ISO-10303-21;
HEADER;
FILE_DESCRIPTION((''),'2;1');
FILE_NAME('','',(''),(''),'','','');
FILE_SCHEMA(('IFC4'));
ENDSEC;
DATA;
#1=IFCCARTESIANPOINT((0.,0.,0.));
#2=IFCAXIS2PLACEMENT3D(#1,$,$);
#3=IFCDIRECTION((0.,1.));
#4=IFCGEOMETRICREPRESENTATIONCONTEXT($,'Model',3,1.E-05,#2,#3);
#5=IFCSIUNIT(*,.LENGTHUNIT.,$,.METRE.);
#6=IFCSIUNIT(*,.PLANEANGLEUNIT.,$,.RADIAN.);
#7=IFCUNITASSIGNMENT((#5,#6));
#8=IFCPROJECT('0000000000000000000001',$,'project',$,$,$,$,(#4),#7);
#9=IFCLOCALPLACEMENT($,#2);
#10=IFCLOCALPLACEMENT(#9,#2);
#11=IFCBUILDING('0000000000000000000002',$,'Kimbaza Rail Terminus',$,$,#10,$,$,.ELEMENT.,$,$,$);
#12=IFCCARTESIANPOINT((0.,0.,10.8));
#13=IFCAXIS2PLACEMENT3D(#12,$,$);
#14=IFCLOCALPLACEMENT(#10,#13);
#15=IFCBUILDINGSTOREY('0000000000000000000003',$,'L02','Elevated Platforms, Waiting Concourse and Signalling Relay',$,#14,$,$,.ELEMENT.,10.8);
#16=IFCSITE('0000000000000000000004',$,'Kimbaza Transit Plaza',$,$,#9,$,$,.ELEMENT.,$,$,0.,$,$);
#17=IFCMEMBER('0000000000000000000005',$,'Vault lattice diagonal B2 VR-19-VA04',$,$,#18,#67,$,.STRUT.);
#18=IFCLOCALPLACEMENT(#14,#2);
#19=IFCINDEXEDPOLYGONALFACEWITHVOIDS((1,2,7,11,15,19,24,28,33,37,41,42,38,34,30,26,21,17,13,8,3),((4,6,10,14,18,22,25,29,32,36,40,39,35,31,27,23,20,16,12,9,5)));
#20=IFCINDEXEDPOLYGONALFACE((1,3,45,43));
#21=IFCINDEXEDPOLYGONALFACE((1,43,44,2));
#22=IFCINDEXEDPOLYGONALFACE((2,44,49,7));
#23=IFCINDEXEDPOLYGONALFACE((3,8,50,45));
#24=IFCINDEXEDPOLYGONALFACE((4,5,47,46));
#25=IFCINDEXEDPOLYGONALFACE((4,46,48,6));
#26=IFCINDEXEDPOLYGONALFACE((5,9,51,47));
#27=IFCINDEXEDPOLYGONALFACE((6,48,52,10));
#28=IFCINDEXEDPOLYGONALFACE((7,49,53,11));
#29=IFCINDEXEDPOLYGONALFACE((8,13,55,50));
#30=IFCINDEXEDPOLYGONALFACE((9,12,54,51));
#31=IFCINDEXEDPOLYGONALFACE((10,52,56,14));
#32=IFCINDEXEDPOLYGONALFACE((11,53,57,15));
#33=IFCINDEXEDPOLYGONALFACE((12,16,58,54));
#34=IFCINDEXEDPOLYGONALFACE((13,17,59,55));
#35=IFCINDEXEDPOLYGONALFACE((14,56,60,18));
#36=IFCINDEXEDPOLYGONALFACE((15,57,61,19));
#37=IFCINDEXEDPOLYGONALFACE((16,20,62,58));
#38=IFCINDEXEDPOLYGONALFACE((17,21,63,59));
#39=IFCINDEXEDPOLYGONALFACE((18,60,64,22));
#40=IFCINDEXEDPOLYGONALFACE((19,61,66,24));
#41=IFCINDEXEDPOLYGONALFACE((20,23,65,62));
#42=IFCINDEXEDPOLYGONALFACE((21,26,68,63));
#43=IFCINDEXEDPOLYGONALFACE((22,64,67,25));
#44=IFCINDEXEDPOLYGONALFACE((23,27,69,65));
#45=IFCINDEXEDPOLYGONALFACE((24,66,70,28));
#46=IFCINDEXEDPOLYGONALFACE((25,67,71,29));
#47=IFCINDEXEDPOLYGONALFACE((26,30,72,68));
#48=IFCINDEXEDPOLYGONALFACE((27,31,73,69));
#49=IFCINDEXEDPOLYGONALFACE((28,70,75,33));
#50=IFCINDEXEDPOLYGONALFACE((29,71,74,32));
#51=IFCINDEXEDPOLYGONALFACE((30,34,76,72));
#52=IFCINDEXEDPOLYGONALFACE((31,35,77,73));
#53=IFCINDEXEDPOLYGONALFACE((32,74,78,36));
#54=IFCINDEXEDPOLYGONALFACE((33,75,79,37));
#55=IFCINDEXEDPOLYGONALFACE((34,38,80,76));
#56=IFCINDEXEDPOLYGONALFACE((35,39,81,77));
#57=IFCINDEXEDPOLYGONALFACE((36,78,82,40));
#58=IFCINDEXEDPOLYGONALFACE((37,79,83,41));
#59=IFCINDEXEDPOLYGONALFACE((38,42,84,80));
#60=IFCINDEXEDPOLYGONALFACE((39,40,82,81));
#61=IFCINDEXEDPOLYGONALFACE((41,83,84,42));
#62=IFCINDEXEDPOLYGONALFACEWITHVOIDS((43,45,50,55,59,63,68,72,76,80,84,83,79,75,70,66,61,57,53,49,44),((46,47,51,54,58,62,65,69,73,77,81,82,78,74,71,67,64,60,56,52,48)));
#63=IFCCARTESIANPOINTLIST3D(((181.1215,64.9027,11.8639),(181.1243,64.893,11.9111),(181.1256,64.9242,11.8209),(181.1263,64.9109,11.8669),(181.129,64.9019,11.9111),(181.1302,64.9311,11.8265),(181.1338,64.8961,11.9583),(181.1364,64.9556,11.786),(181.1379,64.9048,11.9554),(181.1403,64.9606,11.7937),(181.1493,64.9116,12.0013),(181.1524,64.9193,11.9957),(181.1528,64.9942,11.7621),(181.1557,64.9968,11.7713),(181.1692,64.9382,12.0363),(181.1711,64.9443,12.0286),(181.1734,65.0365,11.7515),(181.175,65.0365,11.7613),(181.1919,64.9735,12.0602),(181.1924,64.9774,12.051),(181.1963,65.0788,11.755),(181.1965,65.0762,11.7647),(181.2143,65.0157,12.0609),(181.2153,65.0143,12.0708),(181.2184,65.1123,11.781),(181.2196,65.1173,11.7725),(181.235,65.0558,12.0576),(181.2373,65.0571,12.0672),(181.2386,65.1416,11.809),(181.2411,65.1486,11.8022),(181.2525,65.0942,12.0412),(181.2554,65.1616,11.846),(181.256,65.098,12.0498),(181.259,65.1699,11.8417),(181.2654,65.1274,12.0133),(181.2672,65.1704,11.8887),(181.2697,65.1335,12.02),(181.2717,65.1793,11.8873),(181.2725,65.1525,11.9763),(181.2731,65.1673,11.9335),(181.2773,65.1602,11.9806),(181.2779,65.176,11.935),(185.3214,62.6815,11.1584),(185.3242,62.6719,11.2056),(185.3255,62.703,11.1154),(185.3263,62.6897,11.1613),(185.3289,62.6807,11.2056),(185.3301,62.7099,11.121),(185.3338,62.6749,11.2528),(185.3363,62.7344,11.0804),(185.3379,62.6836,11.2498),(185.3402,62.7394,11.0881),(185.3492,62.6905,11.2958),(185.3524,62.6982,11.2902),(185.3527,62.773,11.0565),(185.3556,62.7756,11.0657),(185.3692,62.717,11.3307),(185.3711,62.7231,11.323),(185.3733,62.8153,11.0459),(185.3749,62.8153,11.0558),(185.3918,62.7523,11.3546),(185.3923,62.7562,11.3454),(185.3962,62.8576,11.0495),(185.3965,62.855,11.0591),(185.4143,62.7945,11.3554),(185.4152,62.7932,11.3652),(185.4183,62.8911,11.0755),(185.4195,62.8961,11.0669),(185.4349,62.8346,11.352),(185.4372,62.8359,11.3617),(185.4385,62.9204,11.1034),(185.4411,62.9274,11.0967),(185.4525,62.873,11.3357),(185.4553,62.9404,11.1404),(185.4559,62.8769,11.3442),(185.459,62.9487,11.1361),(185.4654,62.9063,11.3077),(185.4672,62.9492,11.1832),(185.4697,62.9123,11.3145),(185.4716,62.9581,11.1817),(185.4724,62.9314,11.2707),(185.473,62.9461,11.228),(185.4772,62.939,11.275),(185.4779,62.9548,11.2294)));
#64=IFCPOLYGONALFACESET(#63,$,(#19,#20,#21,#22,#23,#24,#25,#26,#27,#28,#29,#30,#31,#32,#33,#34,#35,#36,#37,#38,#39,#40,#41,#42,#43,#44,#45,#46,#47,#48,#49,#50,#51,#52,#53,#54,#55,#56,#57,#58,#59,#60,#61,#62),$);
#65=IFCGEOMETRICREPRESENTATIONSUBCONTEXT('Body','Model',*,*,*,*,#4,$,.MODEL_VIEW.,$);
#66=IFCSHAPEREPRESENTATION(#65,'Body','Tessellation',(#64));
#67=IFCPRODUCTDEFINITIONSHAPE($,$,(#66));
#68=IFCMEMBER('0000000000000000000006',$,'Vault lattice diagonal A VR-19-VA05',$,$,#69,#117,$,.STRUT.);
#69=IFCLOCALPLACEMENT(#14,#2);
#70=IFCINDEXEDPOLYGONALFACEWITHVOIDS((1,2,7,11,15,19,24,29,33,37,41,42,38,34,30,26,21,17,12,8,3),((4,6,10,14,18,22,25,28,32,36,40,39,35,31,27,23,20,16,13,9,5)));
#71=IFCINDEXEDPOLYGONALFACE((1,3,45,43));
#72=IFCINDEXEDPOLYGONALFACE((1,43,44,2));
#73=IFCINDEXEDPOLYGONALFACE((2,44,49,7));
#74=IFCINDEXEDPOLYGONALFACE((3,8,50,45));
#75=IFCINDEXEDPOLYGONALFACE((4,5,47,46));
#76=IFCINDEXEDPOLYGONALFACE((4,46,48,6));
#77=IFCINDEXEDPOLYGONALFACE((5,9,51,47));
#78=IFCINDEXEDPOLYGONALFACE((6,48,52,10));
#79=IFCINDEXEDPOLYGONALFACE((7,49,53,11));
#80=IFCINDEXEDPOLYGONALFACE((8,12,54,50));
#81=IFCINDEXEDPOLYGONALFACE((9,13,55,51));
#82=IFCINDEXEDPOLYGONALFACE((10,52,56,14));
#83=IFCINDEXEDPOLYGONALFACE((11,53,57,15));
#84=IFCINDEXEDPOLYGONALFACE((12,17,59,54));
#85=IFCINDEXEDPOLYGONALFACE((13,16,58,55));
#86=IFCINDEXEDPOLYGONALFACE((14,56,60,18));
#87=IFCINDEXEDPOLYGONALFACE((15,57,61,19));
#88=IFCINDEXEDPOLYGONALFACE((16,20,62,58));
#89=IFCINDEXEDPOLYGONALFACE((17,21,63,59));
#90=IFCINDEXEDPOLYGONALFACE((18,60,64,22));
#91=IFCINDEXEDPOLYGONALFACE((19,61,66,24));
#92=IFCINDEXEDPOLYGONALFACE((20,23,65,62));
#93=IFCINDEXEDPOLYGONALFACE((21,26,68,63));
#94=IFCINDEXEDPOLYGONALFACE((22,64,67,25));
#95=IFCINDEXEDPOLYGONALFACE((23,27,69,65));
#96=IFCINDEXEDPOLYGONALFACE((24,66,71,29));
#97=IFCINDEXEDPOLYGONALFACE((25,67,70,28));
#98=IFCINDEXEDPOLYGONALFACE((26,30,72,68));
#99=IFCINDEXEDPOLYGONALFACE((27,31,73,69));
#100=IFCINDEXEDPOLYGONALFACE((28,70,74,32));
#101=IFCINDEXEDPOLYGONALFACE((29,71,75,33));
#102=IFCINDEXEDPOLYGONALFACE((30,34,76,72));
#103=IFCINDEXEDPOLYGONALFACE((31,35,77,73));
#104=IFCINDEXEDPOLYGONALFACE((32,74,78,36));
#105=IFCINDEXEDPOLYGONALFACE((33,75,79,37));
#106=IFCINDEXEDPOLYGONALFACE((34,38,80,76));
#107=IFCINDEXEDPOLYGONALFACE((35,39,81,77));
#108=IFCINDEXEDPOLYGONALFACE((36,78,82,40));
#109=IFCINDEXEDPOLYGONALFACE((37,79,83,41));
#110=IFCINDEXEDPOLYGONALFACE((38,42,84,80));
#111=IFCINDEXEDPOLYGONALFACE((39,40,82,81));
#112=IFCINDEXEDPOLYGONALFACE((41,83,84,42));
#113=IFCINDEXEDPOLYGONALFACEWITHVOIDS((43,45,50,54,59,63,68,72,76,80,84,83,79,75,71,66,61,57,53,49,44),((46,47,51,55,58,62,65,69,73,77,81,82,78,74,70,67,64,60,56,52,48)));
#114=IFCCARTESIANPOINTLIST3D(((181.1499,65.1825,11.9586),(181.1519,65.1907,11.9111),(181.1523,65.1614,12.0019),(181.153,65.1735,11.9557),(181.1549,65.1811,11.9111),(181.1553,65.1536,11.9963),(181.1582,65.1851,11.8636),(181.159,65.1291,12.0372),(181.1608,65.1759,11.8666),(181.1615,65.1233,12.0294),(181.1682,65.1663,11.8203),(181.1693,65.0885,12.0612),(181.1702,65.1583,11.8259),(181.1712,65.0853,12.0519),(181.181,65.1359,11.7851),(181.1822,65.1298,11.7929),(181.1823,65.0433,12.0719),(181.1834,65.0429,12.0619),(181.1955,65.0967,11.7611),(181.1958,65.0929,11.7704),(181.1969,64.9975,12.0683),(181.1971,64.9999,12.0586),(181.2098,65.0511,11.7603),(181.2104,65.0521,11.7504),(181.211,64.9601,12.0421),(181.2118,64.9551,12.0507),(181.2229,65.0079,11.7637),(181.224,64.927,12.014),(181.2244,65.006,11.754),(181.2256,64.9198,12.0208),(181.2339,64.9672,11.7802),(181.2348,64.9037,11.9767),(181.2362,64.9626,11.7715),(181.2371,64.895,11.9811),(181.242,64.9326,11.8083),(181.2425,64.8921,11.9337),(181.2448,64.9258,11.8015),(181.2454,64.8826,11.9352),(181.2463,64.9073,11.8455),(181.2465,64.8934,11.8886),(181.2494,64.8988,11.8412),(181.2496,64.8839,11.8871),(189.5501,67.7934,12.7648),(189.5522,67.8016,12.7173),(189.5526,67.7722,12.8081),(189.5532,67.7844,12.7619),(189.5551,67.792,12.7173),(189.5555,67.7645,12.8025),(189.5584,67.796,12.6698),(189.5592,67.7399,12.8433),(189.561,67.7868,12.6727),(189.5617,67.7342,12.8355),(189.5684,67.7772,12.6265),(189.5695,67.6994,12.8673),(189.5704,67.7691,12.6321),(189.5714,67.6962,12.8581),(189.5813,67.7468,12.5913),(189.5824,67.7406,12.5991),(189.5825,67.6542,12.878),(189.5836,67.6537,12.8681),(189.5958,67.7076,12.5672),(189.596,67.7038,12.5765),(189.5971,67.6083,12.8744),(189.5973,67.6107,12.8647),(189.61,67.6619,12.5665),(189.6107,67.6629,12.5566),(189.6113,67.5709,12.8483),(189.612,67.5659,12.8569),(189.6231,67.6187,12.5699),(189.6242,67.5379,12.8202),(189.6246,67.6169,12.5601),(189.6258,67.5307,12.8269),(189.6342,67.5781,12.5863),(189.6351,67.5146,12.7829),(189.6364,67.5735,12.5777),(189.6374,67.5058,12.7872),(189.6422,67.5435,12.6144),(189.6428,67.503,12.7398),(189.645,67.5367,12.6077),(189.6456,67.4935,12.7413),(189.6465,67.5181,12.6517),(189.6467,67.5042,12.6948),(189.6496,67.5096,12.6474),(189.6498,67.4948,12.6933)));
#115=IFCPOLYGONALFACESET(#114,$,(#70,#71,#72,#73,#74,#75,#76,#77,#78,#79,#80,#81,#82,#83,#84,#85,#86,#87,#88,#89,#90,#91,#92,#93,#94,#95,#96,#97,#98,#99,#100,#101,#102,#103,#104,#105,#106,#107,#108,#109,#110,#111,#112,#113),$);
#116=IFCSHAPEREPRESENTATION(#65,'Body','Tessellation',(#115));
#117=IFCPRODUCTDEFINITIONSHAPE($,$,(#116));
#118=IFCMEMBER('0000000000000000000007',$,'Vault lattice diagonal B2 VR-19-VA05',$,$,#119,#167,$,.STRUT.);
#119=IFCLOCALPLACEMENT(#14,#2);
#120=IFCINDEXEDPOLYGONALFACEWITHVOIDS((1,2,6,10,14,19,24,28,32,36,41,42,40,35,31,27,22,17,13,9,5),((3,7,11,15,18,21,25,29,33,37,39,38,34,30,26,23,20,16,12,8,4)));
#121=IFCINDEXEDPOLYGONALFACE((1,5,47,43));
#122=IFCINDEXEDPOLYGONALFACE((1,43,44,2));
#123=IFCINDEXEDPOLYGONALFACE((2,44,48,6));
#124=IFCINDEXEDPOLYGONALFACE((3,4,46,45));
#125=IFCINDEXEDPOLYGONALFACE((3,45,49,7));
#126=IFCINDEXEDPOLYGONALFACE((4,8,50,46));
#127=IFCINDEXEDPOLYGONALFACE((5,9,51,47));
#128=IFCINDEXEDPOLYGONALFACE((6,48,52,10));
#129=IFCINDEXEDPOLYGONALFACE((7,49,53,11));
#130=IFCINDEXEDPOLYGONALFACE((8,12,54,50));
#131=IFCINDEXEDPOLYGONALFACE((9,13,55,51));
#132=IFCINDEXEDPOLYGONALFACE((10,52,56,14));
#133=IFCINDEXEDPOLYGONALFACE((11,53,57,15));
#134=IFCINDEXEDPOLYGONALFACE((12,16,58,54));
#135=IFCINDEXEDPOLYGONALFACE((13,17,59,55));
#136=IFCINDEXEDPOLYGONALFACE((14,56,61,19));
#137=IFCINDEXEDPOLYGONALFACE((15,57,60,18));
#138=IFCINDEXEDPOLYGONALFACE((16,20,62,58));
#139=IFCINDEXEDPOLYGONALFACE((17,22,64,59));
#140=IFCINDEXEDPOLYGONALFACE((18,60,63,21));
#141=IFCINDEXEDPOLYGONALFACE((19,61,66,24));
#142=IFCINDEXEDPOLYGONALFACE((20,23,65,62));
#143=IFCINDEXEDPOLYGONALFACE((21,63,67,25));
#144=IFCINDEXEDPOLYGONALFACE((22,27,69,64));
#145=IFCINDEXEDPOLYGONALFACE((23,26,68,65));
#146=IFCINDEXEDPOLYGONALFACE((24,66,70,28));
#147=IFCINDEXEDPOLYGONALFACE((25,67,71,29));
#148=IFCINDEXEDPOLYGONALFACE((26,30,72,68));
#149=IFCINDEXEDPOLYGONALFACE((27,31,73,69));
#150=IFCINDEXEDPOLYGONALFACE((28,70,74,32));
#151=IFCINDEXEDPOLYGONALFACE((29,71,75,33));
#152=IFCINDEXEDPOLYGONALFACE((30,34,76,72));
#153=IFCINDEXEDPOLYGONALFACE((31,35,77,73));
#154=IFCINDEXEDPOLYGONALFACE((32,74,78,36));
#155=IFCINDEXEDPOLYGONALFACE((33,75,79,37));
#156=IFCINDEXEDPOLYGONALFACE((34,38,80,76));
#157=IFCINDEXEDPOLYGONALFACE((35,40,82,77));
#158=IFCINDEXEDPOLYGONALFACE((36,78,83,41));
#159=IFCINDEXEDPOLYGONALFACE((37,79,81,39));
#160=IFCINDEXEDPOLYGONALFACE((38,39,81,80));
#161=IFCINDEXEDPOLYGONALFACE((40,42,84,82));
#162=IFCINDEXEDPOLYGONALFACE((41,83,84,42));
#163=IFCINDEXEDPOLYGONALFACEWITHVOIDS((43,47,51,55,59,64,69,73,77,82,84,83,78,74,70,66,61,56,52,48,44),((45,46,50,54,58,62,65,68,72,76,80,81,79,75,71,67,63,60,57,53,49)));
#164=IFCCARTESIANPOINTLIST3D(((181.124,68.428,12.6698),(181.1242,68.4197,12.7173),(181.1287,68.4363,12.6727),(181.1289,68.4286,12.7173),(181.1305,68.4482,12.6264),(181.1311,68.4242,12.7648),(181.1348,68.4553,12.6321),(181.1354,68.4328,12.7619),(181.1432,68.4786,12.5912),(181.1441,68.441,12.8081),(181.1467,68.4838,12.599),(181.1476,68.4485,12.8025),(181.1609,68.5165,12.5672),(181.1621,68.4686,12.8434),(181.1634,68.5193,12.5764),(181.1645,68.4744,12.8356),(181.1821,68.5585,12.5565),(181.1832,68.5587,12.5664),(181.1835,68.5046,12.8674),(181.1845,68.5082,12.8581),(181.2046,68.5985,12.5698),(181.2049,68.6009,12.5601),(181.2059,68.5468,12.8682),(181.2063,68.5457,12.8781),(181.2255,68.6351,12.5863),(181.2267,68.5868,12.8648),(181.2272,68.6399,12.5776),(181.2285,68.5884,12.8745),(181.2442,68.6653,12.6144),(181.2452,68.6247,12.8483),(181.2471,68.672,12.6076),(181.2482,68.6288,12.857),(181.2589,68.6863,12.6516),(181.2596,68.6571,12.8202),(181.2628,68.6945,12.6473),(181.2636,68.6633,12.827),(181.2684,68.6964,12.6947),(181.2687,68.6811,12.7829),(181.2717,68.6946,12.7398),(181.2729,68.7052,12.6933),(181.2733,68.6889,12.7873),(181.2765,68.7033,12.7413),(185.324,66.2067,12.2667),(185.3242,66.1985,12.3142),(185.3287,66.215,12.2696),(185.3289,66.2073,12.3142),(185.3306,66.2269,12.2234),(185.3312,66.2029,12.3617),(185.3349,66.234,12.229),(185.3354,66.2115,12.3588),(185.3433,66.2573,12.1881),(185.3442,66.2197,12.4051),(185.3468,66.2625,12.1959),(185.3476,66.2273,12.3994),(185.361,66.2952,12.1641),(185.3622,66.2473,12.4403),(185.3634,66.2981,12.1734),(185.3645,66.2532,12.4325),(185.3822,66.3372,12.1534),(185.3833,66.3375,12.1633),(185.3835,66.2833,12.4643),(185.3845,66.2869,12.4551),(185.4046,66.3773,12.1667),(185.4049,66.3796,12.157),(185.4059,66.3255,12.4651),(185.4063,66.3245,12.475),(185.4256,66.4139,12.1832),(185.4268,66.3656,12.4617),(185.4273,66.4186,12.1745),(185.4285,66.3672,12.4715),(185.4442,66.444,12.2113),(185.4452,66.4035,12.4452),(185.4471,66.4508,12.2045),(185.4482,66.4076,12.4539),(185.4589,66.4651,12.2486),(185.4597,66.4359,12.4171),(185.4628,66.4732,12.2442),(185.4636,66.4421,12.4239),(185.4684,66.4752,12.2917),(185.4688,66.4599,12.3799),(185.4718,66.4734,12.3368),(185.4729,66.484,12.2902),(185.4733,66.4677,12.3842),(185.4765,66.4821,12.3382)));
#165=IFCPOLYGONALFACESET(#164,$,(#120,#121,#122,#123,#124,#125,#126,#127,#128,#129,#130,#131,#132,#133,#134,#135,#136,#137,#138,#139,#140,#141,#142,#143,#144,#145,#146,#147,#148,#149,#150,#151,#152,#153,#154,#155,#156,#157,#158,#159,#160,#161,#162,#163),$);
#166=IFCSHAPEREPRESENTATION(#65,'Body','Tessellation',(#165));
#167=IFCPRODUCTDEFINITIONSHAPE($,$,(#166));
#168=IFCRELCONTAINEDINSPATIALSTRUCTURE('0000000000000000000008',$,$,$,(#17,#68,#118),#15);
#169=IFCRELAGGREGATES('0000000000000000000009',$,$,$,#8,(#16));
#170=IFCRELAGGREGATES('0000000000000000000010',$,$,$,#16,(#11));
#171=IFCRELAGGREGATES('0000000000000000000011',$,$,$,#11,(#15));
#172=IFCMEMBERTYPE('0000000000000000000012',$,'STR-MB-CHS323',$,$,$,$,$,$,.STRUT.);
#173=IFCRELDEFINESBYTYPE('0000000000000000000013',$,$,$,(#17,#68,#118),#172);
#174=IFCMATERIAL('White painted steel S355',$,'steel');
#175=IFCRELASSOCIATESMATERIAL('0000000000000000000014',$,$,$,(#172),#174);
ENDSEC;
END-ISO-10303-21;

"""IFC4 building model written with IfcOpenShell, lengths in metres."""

from ifc_helpers import new_model, si_unit, direction, frame, origin, origin_2d, place, context, subcontext, project, spatial, hollow_circle, extrude, material, material_profile, profile_set, type_object, element, save


model = new_model("IFC4")

# Units and contexts
model_context = context("Model", 3, precision=1e-05, world=origin(), true_north=direction((0.0, 1.0)))
body_context = subcontext(model_context, "Body", "Model", "MODEL_VIEW")
ifc_project = project(units=[si_unit("LENGTHUNIT", "METRE"), si_unit("PLANEANGLEUNIT", "RADIAN")], contexts=[model_context])

# Site, building, storey
site_placement = place(None, origin())
site = spatial("IfcSite", under=ifc_project, at=site_placement, Name="Kimbaza Transit Plaza", CompositionType="ELEMENT", RefElevation=0.0)
building_placement = place(site_placement, origin())
building = spatial("IfcBuilding", under=site, at=building_placement, Name="Kimbaza Rail Terminus", CompositionType="ELEMENT")
storey_placement = place(building_placement, frame((0.0, 0.0, 10.8)))
storey = spatial("IfcBuildingStorey", under=building, at=storey_placement, Name="L02", Description="Elevated Platforms, Waiting Concourse and Signalling Relay", CompositionType="ELEMENT", Elevation=10.8)

# Members
ifc_material_1 = material(Name="White painted steel S355", Category="steel")
ifc_material_profile_1 = material_profile(ifc_material_1, hollow_circle(Radius=0.1619, WallThickness=0.01, at=origin_2d()), Name="CHS 323.9x10")
ifc_profile_set_1 = profile_set([ifc_material_profile_1], Name="White painted steel S355")
member_type_1 = type_object("IfcMemberType", Name="STR-MB-CHS323", PredefinedType="STRUT", material=ifc_profile_set_1)
member_1_placement = place(storey_placement, frame((185.3999, 62.8149, 11.2056), z_axis=(-0.8744, 0.462436, 0.146894), x_axis=(-0.467508, -0.883989, 0.0)))
element("IfcMember", 1, at=member_1_placement, inside=storey, type_object=member_type_1, Name="Vault lattice diagonal B2 VR-19-VA04", PredefinedType="STRUT", context=body_context, shape_type="SweptSolid", body=[
    extrude(hollow_circle(Radius=0.1619, WallThickness=0.01, at=origin_2d()), origin(), (0.0, 0.0, 1.0), 4.8032),
])
member_2_placement = place(storey_placement, frame((181.2, 65.0361, 11.9111), z_axis=(0.950954, 0.295565, 0.091262), x_axis=(-0.296803, 0.954939, 0.0)))
element("IfcMember", 2, at=member_2_placement, inside=storey, type_object=member_type_1, Name="Vault lattice diagonal A VR-19-VA05", PredefinedType="STRUT", context=body_context, shape_type="SweptSolid", body=[
    extrude(hollow_circle(Radius=0.1619, WallThickness=0.01, at=origin_2d()), origin(), (0.0, 0.0, 1.0), 8.8335),
])
member_3_placement = place(storey_placement, frame((185.3999, 66.3416, 12.3142), z_axis=(-0.880825, 0.465834, 0.084534), x_axis=(-0.467508, -0.883989, 0.0)))
element("IfcMember", 3, at=member_3_placement, inside=storey, type_object=member_type_1, Name="Vault lattice diagonal B2 VR-19-VA05", PredefinedType="STRUT", context=body_context, shape_type="SweptSolid", body=[
    extrude(hollow_circle(Radius=0.1619, WallThickness=0.01, at=origin_2d()), origin(), (0.0, 0.0, 1.0), 4.7683),
])

save(model, "model.ifc")
